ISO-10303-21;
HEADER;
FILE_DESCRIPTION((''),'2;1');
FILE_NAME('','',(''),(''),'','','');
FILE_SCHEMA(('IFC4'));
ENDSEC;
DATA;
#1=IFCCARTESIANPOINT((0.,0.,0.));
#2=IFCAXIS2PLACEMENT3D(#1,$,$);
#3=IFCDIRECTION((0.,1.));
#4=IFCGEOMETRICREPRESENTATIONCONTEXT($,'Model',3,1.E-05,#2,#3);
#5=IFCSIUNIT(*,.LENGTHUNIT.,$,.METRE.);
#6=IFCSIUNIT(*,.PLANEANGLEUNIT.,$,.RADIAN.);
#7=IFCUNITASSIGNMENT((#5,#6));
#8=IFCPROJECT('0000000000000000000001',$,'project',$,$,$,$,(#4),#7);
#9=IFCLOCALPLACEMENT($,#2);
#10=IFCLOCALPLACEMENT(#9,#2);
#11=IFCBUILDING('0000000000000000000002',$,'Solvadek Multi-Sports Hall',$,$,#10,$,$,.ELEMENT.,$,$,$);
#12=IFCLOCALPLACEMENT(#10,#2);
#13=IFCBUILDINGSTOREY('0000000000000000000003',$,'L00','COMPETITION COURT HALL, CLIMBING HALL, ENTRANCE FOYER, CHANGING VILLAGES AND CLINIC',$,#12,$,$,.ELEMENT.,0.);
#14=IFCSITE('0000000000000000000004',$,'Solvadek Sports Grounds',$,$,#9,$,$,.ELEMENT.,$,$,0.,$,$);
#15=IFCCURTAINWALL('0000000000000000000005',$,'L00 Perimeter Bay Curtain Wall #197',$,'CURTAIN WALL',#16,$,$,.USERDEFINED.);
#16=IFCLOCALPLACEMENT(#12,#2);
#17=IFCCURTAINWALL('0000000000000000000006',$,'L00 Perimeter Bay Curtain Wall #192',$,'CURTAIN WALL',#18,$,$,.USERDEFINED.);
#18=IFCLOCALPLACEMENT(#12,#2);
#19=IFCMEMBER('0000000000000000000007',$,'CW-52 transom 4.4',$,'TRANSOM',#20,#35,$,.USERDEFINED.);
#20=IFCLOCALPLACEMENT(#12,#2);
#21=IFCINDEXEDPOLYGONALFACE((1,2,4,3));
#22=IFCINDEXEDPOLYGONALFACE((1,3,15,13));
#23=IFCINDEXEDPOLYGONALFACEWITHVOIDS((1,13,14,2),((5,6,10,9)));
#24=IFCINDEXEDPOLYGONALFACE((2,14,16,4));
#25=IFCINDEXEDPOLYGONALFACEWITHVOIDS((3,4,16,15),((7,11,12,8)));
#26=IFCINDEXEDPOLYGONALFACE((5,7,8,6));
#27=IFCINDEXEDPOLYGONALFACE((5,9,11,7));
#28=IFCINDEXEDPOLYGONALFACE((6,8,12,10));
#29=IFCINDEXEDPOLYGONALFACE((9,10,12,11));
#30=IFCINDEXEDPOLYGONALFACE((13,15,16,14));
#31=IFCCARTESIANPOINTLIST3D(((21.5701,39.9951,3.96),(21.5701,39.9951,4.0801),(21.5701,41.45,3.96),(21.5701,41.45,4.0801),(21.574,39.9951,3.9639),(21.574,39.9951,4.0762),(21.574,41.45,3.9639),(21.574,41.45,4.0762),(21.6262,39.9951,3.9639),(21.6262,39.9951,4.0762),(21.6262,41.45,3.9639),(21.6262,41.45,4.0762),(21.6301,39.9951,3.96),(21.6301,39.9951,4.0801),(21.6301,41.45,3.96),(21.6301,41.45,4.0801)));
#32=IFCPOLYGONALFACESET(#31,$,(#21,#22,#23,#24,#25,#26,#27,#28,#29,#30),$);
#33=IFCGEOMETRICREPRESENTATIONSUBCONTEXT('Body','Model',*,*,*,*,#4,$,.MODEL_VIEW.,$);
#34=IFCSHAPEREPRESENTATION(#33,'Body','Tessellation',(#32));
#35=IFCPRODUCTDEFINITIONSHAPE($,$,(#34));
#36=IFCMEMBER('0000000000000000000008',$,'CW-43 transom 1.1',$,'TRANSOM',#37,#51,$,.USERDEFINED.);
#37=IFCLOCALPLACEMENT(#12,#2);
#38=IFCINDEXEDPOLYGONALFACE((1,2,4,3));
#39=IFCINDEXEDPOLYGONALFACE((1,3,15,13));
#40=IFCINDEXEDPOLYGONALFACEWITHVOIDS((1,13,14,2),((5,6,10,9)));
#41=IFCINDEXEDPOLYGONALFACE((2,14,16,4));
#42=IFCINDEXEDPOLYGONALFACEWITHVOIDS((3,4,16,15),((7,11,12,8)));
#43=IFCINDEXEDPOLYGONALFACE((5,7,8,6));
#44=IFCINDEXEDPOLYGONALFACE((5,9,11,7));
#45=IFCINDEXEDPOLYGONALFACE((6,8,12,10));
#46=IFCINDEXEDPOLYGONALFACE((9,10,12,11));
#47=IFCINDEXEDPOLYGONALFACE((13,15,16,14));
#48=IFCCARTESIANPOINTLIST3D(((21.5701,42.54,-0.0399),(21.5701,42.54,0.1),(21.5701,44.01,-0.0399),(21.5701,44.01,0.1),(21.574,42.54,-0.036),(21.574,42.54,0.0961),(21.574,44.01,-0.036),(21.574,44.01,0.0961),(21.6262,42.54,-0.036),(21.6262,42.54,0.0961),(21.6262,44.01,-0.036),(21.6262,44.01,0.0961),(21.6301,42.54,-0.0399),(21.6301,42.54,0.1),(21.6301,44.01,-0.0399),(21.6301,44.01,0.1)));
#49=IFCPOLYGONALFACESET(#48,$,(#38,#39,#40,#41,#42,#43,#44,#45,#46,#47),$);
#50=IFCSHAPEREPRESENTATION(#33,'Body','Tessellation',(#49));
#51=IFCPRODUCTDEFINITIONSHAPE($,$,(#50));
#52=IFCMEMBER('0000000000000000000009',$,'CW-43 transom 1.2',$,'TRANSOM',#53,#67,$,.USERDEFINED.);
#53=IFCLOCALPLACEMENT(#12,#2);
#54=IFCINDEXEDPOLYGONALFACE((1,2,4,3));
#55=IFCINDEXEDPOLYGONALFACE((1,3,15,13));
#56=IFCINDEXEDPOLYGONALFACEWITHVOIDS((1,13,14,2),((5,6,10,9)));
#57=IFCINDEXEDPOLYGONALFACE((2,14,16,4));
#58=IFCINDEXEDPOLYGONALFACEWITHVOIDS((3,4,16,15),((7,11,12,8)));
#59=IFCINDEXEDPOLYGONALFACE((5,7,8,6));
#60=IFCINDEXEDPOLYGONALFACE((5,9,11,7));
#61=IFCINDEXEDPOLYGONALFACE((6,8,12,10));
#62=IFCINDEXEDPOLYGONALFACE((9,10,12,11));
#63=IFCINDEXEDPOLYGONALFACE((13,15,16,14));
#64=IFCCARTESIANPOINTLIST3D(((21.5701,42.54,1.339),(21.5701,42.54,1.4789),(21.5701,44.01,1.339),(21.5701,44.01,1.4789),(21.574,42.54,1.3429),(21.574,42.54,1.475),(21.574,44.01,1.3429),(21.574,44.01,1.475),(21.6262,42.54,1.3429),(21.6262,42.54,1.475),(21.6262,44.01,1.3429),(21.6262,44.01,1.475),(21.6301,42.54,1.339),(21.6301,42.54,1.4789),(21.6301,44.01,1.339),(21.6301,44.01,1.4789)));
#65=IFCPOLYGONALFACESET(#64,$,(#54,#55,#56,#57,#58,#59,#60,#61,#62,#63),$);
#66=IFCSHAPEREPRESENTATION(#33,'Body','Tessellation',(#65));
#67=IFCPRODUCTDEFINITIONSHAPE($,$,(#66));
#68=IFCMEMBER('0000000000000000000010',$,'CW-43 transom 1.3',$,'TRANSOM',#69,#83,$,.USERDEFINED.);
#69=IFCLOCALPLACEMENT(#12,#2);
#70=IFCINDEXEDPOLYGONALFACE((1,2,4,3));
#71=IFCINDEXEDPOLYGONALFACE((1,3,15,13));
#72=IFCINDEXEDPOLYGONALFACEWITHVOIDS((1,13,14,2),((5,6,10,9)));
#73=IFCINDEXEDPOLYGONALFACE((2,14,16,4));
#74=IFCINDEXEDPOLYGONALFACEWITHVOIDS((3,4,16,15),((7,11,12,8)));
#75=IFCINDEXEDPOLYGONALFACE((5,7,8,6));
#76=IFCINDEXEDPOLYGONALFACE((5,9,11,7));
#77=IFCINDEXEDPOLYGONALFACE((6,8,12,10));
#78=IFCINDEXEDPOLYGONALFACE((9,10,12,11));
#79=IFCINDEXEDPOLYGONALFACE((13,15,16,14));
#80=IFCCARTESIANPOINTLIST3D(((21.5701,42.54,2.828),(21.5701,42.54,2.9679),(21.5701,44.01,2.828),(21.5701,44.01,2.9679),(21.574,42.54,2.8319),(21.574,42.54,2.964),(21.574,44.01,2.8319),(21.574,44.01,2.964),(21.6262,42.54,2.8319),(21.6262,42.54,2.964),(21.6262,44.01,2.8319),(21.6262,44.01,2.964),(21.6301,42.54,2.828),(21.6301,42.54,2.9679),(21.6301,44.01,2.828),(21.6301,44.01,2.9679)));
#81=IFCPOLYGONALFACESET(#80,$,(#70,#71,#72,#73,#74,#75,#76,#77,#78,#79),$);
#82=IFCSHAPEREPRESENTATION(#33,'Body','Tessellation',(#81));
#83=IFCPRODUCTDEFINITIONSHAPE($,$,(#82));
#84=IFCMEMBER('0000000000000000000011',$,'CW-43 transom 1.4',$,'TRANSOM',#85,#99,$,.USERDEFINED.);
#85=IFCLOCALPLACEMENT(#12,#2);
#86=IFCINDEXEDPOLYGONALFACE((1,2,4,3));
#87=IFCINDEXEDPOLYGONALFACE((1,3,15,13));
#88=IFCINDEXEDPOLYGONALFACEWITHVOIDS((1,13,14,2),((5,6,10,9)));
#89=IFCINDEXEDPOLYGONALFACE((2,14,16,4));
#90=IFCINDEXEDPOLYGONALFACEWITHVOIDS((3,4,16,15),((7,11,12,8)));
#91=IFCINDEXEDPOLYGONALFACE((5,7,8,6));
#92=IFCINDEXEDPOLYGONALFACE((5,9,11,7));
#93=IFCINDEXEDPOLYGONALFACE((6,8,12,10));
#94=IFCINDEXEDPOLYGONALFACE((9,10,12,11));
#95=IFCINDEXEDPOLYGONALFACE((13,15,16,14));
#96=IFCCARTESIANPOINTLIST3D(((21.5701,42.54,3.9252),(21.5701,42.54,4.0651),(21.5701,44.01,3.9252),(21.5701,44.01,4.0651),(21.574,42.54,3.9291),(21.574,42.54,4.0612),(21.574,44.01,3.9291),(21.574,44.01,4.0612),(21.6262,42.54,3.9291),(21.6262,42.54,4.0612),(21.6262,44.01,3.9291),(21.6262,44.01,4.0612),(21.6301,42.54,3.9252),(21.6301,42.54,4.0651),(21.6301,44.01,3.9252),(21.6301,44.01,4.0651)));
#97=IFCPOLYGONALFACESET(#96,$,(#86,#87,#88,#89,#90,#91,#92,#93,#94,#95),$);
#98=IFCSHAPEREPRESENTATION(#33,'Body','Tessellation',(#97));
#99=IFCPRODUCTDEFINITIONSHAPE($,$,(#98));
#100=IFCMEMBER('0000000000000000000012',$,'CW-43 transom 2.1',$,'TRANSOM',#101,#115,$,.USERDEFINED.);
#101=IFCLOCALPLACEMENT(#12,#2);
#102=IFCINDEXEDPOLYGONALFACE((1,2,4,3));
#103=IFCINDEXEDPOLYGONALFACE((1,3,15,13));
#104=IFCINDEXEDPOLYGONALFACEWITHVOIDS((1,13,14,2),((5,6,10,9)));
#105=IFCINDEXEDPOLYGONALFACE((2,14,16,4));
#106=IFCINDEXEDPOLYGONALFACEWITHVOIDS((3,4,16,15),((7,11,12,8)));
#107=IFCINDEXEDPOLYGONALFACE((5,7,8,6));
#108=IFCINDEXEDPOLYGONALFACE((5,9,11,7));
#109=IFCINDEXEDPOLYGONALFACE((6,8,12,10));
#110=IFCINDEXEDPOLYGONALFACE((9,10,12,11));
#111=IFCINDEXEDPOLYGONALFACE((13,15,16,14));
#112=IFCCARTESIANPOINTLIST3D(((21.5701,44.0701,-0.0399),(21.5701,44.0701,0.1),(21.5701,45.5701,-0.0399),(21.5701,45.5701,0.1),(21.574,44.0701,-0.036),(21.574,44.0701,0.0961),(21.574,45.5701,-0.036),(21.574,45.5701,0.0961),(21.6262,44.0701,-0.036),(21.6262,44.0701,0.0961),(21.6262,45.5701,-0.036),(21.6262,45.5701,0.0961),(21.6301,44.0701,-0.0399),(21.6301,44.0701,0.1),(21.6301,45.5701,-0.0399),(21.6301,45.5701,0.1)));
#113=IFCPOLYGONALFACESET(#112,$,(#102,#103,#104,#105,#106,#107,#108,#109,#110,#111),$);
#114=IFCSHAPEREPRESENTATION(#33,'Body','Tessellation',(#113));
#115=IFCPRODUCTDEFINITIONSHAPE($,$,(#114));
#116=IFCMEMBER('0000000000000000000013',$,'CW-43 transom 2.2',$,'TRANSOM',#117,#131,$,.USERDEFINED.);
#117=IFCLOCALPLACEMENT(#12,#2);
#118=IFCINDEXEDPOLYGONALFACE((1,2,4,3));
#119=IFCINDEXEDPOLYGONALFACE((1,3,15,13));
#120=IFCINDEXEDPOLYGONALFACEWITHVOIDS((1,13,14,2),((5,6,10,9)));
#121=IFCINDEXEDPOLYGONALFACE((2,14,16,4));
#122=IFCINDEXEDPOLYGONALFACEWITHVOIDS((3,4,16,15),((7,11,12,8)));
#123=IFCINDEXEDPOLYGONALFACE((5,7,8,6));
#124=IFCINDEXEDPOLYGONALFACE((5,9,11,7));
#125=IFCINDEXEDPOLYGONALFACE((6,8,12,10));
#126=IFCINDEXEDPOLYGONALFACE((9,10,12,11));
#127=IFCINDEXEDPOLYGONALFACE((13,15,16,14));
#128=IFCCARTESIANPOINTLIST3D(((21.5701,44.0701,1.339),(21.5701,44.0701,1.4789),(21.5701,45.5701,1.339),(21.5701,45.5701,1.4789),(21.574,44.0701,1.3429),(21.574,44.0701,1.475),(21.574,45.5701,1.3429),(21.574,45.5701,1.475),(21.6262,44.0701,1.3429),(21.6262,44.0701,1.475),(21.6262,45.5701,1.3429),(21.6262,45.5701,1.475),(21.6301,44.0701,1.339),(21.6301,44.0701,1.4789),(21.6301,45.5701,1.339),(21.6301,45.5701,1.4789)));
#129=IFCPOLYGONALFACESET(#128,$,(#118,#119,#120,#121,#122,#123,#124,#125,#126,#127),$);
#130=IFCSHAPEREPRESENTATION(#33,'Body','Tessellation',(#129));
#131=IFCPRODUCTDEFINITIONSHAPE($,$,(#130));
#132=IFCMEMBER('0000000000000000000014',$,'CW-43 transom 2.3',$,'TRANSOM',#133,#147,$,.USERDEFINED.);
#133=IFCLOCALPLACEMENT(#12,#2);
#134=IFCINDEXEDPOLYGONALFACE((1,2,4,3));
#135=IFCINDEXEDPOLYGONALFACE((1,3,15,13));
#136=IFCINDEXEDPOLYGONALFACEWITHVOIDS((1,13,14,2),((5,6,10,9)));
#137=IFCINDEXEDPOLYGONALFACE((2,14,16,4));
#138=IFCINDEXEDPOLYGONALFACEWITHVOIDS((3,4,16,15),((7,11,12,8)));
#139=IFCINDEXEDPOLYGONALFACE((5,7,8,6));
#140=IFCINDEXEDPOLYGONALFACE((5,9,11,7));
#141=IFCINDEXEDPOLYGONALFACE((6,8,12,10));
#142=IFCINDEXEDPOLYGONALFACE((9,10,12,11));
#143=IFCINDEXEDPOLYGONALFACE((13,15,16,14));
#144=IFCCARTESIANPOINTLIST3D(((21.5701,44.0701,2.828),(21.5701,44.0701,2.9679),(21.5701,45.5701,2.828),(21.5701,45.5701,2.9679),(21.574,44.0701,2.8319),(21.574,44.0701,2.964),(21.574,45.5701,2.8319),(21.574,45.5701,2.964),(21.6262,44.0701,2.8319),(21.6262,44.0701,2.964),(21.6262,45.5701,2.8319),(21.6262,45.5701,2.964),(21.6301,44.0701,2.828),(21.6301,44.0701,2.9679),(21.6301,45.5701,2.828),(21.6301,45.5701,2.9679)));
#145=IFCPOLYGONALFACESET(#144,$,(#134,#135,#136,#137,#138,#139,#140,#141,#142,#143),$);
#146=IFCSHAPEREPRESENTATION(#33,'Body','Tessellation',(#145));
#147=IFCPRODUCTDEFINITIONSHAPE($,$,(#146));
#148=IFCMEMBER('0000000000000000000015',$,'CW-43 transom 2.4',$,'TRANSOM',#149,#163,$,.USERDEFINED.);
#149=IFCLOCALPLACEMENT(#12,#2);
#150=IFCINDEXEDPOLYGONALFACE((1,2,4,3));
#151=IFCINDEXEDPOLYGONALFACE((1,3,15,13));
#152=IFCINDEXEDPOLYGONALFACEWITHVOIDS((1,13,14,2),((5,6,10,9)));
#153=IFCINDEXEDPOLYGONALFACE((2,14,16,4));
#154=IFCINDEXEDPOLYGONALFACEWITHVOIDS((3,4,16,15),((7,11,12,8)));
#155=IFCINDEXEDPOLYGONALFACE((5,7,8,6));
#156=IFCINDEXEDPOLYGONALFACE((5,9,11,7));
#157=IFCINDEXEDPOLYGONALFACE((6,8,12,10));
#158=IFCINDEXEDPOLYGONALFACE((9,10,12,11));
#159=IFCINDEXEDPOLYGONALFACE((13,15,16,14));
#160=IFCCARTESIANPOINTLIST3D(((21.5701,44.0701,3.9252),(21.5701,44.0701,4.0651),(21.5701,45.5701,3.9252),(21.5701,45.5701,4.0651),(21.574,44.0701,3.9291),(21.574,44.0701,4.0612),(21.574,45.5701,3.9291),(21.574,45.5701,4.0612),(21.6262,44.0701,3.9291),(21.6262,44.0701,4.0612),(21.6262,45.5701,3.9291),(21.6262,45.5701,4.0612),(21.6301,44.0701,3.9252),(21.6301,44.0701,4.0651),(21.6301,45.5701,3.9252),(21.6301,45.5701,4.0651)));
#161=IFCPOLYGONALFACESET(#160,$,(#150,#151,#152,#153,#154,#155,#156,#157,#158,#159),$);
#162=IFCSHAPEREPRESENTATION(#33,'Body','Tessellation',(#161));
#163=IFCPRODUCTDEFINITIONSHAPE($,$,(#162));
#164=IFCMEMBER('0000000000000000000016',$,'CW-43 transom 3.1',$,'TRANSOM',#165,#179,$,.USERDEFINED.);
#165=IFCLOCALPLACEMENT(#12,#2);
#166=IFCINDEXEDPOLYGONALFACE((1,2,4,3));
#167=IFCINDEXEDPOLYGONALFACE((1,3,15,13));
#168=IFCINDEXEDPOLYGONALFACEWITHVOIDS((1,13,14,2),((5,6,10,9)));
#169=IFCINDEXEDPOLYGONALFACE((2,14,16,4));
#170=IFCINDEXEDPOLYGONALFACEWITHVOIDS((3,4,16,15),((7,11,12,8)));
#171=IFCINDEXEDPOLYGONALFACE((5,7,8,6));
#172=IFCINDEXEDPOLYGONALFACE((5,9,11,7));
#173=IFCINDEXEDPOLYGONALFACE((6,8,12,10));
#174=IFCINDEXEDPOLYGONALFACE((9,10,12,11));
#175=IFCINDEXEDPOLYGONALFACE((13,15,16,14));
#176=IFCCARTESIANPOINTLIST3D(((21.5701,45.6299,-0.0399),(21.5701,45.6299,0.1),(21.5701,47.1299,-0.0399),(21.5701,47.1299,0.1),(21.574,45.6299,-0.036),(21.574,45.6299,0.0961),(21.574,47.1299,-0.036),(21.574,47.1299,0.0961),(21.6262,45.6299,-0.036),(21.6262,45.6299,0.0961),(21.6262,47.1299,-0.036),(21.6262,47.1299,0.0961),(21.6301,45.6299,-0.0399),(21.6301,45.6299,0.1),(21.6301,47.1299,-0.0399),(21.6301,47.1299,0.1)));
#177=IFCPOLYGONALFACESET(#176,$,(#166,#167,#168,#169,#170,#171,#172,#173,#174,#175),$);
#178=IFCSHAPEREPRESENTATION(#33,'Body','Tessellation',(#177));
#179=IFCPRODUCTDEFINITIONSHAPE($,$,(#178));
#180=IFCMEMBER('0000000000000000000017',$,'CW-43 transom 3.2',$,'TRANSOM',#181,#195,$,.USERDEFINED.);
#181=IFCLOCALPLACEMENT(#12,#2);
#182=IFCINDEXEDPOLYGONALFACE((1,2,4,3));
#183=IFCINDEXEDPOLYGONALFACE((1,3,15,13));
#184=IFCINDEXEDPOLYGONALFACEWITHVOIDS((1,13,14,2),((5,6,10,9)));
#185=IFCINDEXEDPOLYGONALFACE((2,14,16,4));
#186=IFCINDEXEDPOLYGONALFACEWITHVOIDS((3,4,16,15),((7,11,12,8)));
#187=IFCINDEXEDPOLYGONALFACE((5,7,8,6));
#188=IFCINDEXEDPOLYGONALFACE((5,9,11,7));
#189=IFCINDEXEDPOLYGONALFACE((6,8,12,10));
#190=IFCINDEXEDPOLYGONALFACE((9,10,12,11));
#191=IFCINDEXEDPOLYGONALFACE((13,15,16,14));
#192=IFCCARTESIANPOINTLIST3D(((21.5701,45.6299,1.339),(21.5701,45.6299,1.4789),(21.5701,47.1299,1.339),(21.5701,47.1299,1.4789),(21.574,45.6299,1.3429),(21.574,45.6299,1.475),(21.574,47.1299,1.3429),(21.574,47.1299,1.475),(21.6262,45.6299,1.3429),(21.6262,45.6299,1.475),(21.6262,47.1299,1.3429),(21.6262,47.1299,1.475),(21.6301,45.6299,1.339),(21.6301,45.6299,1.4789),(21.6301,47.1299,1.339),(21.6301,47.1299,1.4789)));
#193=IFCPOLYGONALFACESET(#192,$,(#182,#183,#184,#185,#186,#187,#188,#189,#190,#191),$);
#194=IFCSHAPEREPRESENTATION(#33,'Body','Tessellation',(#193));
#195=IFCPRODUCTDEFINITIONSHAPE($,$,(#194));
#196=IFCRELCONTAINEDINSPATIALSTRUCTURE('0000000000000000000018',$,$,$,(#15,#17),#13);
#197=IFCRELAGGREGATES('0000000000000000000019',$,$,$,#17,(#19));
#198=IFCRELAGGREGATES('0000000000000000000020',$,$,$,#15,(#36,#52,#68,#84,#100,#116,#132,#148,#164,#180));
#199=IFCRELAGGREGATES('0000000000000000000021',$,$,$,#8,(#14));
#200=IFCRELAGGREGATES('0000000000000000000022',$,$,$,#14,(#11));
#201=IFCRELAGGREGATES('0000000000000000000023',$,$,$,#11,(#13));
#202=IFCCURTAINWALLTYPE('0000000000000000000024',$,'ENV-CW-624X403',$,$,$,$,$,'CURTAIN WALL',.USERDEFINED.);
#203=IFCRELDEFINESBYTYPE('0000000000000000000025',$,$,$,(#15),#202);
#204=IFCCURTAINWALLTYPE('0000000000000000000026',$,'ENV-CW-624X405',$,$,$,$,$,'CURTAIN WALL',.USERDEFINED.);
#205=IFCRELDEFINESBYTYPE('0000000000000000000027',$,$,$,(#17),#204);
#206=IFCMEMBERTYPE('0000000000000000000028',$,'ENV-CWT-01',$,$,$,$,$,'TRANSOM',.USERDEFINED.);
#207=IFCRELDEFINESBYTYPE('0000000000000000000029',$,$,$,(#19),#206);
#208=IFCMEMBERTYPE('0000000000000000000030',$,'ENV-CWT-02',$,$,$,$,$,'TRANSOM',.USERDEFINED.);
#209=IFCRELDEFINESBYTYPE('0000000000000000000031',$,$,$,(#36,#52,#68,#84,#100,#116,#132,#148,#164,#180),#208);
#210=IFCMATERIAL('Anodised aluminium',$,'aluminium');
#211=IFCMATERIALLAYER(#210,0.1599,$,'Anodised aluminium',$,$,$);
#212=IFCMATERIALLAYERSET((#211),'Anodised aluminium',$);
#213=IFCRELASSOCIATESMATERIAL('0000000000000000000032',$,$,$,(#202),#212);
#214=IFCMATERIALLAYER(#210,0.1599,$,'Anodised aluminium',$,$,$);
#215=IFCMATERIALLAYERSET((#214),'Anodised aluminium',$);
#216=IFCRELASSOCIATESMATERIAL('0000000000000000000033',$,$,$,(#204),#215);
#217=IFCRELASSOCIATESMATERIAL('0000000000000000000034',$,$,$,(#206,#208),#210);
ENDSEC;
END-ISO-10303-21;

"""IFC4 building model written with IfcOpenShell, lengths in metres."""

from ifc_helpers import new_model, si_unit, direction, frame, origin, origin_2d, place, context, subcontext, project, spatial, hollow_rectangle, extrude, material, layer, layer_set, material_profile, profile_set, type_object, element, aggregate, save


model = new_model("IFC4")

# Units and contexts
model_context = context("Model", 3, precision=1e-05, world=origin(), true_north=direction((0.0, 1.0)))
body_context = subcontext(model_context, "Body", "Model", "MODEL_VIEW")
ifc_project = project(units=[si_unit("LENGTHUNIT", "METRE"), si_unit("PLANEANGLEUNIT", "RADIAN")], contexts=[model_context])

# Site, building, storey
site_placement = place(None, origin())
site = spatial("IfcSite", under=ifc_project, at=site_placement, Name="Solvadek Sports Grounds", CompositionType="ELEMENT", RefElevation=0.0)
building_placement = place(site_placement, origin())
building = spatial("IfcBuilding", under=site, at=building_placement, Name="Solvadek Multi-Sports Hall", CompositionType="ELEMENT")
storey_placement = place(building_placement, origin())
storey = spatial("IfcBuildingStorey", under=building, at=storey_placement, Name="L00", Description="COMPETITION COURT HALL, CLIMBING HALL, ENTRANCE FOYER, CHANGING VILLAGES AND CLINIC", CompositionType="ELEMENT", Elevation=0.0)

# Curtain walls, member
ifc_material_1 = material(Name="Anodised aluminium", Category="aluminium")
ifc_layer_1 = layer(ifc_material_1, 0.1599, Name="Anodised aluminium")
ifc_layer_set_1 = layer_set([ifc_layer_1], Name="Anodised aluminium")
curtain_wall_type_1 = type_object("IfcCurtainWallType", Name="ENV-CW-624X403", ElementType="CURTAIN WALL", PredefinedType="USERDEFINED", material=ifc_layer_set_1)
curtain_wall_1_placement = place(storey_placement, origin())
curtain_wall_1 = element("IfcCurtainWall", 1, at=curtain_wall_1_placement, inside=storey, type_object=curtain_wall_type_1, Name="L00 Perimeter Bay Curtain Wall #197", ObjectType="CURTAIN WALL", PredefinedType="USERDEFINED")
ifc_layer_2 = layer(ifc_material_1, 0.1599, Name="Anodised aluminium")
ifc_layer_set_2 = layer_set([ifc_layer_2], Name="Anodised aluminium")
curtain_wall_type_2 = type_object("IfcCurtainWallType", Name="ENV-CW-624X405", ElementType="CURTAIN WALL", PredefinedType="USERDEFINED", material=ifc_layer_set_2)
curtain_wall_2_placement = place(storey_placement, origin())
curtain_wall_2 = element("IfcCurtainWall", 2, at=curtain_wall_2_placement, inside=storey, type_object=curtain_wall_type_2, Name="L00 Perimeter Bay Curtain Wall #192", ObjectType="CURTAIN WALL", PredefinedType="USERDEFINED")
ifc_material_profile_1 = material_profile(ifc_material_1, hollow_rectangle(XDim=0.0601, YDim=0.1201, WallThickness=0.0039, at=origin_2d()), Name="ALU-T 120x60x4")
ifc_profile_set_1 = profile_set([ifc_material_profile_1], Name="Anodised aluminium")
member_type_1 = type_object("IfcMemberType", Name="ENV-CWT-01", ElementType="TRANSOM", PredefinedType="USERDEFINED", material=ifc_profile_set_1)
member_1_placement = place(storey_placement, frame((21.6001, 39.9951, 4.02), z_axis=(0.0, 1.0, 0.0), x_axis=(-1.0, 0.0, 0.0)))
member_1 = element("IfcMember", 3, at=member_1_placement, type_object=member_type_1, Name="CW-52 transom 4.4", ObjectType="TRANSOM", PredefinedType="USERDEFINED", context=body_context, shape_type="SweptSolid", body=[
    extrude(hollow_rectangle(XDim=0.0601, YDim=0.1201, WallThickness=0.0039, at=origin_2d()), origin(), (0.0, 0.0, 1.0), 1.4548),
])

# Members
ifc_material_profile_2 = material_profile(ifc_material_1, hollow_rectangle(XDim=0.0601, YDim=0.1399, WallThickness=0.0039, at=origin_2d()), Name="ALU-T 140x60x4")
ifc_profile_set_2 = profile_set([ifc_material_profile_2], Name="Anodised aluminium")
member_type_2 = type_object("IfcMemberType", Name="ENV-CWT-02", ElementType="TRANSOM", PredefinedType="USERDEFINED", material=ifc_profile_set_2)
member_2_placement = place(storey_placement, frame((21.6001, 42.54, 0.03), z_axis=(0.0, 1.0, 0.0), x_axis=(-1.0, 0.0, 0.0)))
member_2 = element("IfcMember", 4, at=member_2_placement, type_object=member_type_2, Name="CW-43 transom 1.1", ObjectType="TRANSOM", PredefinedType="USERDEFINED", context=body_context, shape_type="SweptSolid", body=[
    extrude(hollow_rectangle(XDim=0.0601, YDim=0.1399, WallThickness=0.0039, at=origin_2d()), origin(), (0.0, 0.0, 1.0), 1.47),
])
member_3_placement = place(storey_placement, frame((21.6001, 42.54, 1.4089), z_axis=(0.0, 1.0, 0.0), x_axis=(-1.0, 0.0, 0.0)))
member_3 = element("IfcMember", 5, at=member_3_placement, type_object=member_type_2, Name="CW-43 transom 1.2", ObjectType="TRANSOM", PredefinedType="USERDEFINED", context=body_context, shape_type="SweptSolid", body=[
    extrude(hollow_rectangle(XDim=0.0601, YDim=0.1399, WallThickness=0.0039, at=origin_2d()), origin(), (0.0, 0.0, 1.0), 1.47),
])
member_4_placement = place(storey_placement, frame((21.6001, 42.54, 2.8979), z_axis=(0.0, 1.0, 0.0), x_axis=(-1.0, 0.0, 0.0)))
member_4 = element("IfcMember", 6, at=member_4_placement, type_object=member_type_2, Name="CW-43 transom 1.3", ObjectType="TRANSOM", PredefinedType="USERDEFINED", context=body_context, shape_type="SweptSolid", body=[
    extrude(hollow_rectangle(XDim=0.0601, YDim=0.1399, WallThickness=0.0039, at=origin_2d()), origin(), (0.0, 0.0, 1.0), 1.47),
])
member_5_placement = place(storey_placement, frame((21.6001, 42.54, 3.9951), z_axis=(0.0, 1.0, 0.0), x_axis=(-1.0, 0.0, 0.0)))
member_5 = element("IfcMember", 7, at=member_5_placement, type_object=member_type_2, Name="CW-43 transom 1.4", ObjectType="TRANSOM", PredefinedType="USERDEFINED", context=body_context, shape_type="SweptSolid", body=[
    extrude(hollow_rectangle(XDim=0.0601, YDim=0.1399, WallThickness=0.0039, at=origin_2d()), origin(), (0.0, 0.0, 1.0), 1.47),
])
member_6_placement = place(storey_placement, frame((21.6001, 44.0701, 0.03), z_axis=(0.0, 1.0, 0.0), x_axis=(-1.0, 0.0, 0.0)))
member_6 = element("IfcMember", 8, at=member_6_placement, type_object=member_type_2, Name="CW-43 transom 2.1", ObjectType="TRANSOM", PredefinedType="USERDEFINED", context=body_context, shape_type="SweptSolid", body=[
    extrude(hollow_rectangle(XDim=0.0601, YDim=0.1399, WallThickness=0.0039, at=origin_2d()), origin(), (0.0, 0.0, 1.0), 1.5),
])
member_7_placement = place(storey_placement, frame((21.6001, 44.0701, 1.4089), z_axis=(0.0, 1.0, 0.0), x_axis=(-1.0, 0.0, 0.0)))
member_7 = element("IfcMember", 9, at=member_7_placement, type_object=member_type_2, Name="CW-43 transom 2.2", ObjectType="TRANSOM", PredefinedType="USERDEFINED", context=body_context, shape_type="SweptSolid", body=[
    extrude(hollow_rectangle(XDim=0.0601, YDim=0.1399, WallThickness=0.0039, at=origin_2d()), origin(), (0.0, 0.0, 1.0), 1.5),
])
member_8_placement = place(storey_placement, frame((21.6001, 44.0701, 2.8979), z_axis=(0.0, 1.0, 0.0), x_axis=(-1.0, 0.0, 0.0)))
member_8 = element("IfcMember", 10, at=member_8_placement, type_object=member_type_2, Name="CW-43 transom 2.3", ObjectType="TRANSOM", PredefinedType="USERDEFINED", context=body_context, shape_type="SweptSolid", body=[
    extrude(hollow_rectangle(XDim=0.0601, YDim=0.1399, WallThickness=0.0039, at=origin_2d()), origin(), (0.0, 0.0, 1.0), 1.5),
])
member_9_placement = place(storey_placement, frame((21.6001, 44.0701, 3.9951), z_axis=(0.0, 1.0, 0.0), x_axis=(-1.0, 0.0, 0.0)))
member_9 = element("IfcMember", 11, at=member_9_placement, type_object=member_type_2, Name="CW-43 transom 2.4", ObjectType="TRANSOM", PredefinedType="USERDEFINED", context=body_context, shape_type="SweptSolid", body=[
    extrude(hollow_rectangle(XDim=0.0601, YDim=0.1399, WallThickness=0.0039, at=origin_2d()), origin(), (0.0, 0.0, 1.0), 1.5),
])
member_10_placement = place(storey_placement, frame((21.6001, 45.6299, 0.03), z_axis=(0.0, 1.0, 0.0), x_axis=(-1.0, 0.0, 0.0)))
member_10 = element("IfcMember", 12, at=member_10_placement, type_object=member_type_2, Name="CW-43 transom 3.1", ObjectType="TRANSOM", PredefinedType="USERDEFINED", context=body_context, shape_type="SweptSolid", body=[
    extrude(hollow_rectangle(XDim=0.0601, YDim=0.1399, WallThickness=0.0039, at=origin_2d()), origin(), (0.0, 0.0, 1.0), 1.5),
])
member_11_placement = place(storey_placement, frame((21.6001, 45.6299, 1.4089), z_axis=(0.0, 1.0, 0.0), x_axis=(-1.0, 0.0, 0.0)))
member_11 = element("IfcMember", 13, at=member_11_placement, type_object=member_type_2, Name="CW-43 transom 3.2", ObjectType="TRANSOM", PredefinedType="USERDEFINED", context=body_context, shape_type="SweptSolid", body=[
    extrude(hollow_rectangle(XDim=0.0601, YDim=0.1399, WallThickness=0.0039, at=origin_2d()), origin(), (0.0, 0.0, 1.0), 1.5),
])

aggregate(curtain_wall_2, [member_1])
aggregate(curtain_wall_1, [member_2, member_3, member_4, member_5, member_6, member_7, member_8, member_9, member_10, member_11])

save(model, "model.ifc")
